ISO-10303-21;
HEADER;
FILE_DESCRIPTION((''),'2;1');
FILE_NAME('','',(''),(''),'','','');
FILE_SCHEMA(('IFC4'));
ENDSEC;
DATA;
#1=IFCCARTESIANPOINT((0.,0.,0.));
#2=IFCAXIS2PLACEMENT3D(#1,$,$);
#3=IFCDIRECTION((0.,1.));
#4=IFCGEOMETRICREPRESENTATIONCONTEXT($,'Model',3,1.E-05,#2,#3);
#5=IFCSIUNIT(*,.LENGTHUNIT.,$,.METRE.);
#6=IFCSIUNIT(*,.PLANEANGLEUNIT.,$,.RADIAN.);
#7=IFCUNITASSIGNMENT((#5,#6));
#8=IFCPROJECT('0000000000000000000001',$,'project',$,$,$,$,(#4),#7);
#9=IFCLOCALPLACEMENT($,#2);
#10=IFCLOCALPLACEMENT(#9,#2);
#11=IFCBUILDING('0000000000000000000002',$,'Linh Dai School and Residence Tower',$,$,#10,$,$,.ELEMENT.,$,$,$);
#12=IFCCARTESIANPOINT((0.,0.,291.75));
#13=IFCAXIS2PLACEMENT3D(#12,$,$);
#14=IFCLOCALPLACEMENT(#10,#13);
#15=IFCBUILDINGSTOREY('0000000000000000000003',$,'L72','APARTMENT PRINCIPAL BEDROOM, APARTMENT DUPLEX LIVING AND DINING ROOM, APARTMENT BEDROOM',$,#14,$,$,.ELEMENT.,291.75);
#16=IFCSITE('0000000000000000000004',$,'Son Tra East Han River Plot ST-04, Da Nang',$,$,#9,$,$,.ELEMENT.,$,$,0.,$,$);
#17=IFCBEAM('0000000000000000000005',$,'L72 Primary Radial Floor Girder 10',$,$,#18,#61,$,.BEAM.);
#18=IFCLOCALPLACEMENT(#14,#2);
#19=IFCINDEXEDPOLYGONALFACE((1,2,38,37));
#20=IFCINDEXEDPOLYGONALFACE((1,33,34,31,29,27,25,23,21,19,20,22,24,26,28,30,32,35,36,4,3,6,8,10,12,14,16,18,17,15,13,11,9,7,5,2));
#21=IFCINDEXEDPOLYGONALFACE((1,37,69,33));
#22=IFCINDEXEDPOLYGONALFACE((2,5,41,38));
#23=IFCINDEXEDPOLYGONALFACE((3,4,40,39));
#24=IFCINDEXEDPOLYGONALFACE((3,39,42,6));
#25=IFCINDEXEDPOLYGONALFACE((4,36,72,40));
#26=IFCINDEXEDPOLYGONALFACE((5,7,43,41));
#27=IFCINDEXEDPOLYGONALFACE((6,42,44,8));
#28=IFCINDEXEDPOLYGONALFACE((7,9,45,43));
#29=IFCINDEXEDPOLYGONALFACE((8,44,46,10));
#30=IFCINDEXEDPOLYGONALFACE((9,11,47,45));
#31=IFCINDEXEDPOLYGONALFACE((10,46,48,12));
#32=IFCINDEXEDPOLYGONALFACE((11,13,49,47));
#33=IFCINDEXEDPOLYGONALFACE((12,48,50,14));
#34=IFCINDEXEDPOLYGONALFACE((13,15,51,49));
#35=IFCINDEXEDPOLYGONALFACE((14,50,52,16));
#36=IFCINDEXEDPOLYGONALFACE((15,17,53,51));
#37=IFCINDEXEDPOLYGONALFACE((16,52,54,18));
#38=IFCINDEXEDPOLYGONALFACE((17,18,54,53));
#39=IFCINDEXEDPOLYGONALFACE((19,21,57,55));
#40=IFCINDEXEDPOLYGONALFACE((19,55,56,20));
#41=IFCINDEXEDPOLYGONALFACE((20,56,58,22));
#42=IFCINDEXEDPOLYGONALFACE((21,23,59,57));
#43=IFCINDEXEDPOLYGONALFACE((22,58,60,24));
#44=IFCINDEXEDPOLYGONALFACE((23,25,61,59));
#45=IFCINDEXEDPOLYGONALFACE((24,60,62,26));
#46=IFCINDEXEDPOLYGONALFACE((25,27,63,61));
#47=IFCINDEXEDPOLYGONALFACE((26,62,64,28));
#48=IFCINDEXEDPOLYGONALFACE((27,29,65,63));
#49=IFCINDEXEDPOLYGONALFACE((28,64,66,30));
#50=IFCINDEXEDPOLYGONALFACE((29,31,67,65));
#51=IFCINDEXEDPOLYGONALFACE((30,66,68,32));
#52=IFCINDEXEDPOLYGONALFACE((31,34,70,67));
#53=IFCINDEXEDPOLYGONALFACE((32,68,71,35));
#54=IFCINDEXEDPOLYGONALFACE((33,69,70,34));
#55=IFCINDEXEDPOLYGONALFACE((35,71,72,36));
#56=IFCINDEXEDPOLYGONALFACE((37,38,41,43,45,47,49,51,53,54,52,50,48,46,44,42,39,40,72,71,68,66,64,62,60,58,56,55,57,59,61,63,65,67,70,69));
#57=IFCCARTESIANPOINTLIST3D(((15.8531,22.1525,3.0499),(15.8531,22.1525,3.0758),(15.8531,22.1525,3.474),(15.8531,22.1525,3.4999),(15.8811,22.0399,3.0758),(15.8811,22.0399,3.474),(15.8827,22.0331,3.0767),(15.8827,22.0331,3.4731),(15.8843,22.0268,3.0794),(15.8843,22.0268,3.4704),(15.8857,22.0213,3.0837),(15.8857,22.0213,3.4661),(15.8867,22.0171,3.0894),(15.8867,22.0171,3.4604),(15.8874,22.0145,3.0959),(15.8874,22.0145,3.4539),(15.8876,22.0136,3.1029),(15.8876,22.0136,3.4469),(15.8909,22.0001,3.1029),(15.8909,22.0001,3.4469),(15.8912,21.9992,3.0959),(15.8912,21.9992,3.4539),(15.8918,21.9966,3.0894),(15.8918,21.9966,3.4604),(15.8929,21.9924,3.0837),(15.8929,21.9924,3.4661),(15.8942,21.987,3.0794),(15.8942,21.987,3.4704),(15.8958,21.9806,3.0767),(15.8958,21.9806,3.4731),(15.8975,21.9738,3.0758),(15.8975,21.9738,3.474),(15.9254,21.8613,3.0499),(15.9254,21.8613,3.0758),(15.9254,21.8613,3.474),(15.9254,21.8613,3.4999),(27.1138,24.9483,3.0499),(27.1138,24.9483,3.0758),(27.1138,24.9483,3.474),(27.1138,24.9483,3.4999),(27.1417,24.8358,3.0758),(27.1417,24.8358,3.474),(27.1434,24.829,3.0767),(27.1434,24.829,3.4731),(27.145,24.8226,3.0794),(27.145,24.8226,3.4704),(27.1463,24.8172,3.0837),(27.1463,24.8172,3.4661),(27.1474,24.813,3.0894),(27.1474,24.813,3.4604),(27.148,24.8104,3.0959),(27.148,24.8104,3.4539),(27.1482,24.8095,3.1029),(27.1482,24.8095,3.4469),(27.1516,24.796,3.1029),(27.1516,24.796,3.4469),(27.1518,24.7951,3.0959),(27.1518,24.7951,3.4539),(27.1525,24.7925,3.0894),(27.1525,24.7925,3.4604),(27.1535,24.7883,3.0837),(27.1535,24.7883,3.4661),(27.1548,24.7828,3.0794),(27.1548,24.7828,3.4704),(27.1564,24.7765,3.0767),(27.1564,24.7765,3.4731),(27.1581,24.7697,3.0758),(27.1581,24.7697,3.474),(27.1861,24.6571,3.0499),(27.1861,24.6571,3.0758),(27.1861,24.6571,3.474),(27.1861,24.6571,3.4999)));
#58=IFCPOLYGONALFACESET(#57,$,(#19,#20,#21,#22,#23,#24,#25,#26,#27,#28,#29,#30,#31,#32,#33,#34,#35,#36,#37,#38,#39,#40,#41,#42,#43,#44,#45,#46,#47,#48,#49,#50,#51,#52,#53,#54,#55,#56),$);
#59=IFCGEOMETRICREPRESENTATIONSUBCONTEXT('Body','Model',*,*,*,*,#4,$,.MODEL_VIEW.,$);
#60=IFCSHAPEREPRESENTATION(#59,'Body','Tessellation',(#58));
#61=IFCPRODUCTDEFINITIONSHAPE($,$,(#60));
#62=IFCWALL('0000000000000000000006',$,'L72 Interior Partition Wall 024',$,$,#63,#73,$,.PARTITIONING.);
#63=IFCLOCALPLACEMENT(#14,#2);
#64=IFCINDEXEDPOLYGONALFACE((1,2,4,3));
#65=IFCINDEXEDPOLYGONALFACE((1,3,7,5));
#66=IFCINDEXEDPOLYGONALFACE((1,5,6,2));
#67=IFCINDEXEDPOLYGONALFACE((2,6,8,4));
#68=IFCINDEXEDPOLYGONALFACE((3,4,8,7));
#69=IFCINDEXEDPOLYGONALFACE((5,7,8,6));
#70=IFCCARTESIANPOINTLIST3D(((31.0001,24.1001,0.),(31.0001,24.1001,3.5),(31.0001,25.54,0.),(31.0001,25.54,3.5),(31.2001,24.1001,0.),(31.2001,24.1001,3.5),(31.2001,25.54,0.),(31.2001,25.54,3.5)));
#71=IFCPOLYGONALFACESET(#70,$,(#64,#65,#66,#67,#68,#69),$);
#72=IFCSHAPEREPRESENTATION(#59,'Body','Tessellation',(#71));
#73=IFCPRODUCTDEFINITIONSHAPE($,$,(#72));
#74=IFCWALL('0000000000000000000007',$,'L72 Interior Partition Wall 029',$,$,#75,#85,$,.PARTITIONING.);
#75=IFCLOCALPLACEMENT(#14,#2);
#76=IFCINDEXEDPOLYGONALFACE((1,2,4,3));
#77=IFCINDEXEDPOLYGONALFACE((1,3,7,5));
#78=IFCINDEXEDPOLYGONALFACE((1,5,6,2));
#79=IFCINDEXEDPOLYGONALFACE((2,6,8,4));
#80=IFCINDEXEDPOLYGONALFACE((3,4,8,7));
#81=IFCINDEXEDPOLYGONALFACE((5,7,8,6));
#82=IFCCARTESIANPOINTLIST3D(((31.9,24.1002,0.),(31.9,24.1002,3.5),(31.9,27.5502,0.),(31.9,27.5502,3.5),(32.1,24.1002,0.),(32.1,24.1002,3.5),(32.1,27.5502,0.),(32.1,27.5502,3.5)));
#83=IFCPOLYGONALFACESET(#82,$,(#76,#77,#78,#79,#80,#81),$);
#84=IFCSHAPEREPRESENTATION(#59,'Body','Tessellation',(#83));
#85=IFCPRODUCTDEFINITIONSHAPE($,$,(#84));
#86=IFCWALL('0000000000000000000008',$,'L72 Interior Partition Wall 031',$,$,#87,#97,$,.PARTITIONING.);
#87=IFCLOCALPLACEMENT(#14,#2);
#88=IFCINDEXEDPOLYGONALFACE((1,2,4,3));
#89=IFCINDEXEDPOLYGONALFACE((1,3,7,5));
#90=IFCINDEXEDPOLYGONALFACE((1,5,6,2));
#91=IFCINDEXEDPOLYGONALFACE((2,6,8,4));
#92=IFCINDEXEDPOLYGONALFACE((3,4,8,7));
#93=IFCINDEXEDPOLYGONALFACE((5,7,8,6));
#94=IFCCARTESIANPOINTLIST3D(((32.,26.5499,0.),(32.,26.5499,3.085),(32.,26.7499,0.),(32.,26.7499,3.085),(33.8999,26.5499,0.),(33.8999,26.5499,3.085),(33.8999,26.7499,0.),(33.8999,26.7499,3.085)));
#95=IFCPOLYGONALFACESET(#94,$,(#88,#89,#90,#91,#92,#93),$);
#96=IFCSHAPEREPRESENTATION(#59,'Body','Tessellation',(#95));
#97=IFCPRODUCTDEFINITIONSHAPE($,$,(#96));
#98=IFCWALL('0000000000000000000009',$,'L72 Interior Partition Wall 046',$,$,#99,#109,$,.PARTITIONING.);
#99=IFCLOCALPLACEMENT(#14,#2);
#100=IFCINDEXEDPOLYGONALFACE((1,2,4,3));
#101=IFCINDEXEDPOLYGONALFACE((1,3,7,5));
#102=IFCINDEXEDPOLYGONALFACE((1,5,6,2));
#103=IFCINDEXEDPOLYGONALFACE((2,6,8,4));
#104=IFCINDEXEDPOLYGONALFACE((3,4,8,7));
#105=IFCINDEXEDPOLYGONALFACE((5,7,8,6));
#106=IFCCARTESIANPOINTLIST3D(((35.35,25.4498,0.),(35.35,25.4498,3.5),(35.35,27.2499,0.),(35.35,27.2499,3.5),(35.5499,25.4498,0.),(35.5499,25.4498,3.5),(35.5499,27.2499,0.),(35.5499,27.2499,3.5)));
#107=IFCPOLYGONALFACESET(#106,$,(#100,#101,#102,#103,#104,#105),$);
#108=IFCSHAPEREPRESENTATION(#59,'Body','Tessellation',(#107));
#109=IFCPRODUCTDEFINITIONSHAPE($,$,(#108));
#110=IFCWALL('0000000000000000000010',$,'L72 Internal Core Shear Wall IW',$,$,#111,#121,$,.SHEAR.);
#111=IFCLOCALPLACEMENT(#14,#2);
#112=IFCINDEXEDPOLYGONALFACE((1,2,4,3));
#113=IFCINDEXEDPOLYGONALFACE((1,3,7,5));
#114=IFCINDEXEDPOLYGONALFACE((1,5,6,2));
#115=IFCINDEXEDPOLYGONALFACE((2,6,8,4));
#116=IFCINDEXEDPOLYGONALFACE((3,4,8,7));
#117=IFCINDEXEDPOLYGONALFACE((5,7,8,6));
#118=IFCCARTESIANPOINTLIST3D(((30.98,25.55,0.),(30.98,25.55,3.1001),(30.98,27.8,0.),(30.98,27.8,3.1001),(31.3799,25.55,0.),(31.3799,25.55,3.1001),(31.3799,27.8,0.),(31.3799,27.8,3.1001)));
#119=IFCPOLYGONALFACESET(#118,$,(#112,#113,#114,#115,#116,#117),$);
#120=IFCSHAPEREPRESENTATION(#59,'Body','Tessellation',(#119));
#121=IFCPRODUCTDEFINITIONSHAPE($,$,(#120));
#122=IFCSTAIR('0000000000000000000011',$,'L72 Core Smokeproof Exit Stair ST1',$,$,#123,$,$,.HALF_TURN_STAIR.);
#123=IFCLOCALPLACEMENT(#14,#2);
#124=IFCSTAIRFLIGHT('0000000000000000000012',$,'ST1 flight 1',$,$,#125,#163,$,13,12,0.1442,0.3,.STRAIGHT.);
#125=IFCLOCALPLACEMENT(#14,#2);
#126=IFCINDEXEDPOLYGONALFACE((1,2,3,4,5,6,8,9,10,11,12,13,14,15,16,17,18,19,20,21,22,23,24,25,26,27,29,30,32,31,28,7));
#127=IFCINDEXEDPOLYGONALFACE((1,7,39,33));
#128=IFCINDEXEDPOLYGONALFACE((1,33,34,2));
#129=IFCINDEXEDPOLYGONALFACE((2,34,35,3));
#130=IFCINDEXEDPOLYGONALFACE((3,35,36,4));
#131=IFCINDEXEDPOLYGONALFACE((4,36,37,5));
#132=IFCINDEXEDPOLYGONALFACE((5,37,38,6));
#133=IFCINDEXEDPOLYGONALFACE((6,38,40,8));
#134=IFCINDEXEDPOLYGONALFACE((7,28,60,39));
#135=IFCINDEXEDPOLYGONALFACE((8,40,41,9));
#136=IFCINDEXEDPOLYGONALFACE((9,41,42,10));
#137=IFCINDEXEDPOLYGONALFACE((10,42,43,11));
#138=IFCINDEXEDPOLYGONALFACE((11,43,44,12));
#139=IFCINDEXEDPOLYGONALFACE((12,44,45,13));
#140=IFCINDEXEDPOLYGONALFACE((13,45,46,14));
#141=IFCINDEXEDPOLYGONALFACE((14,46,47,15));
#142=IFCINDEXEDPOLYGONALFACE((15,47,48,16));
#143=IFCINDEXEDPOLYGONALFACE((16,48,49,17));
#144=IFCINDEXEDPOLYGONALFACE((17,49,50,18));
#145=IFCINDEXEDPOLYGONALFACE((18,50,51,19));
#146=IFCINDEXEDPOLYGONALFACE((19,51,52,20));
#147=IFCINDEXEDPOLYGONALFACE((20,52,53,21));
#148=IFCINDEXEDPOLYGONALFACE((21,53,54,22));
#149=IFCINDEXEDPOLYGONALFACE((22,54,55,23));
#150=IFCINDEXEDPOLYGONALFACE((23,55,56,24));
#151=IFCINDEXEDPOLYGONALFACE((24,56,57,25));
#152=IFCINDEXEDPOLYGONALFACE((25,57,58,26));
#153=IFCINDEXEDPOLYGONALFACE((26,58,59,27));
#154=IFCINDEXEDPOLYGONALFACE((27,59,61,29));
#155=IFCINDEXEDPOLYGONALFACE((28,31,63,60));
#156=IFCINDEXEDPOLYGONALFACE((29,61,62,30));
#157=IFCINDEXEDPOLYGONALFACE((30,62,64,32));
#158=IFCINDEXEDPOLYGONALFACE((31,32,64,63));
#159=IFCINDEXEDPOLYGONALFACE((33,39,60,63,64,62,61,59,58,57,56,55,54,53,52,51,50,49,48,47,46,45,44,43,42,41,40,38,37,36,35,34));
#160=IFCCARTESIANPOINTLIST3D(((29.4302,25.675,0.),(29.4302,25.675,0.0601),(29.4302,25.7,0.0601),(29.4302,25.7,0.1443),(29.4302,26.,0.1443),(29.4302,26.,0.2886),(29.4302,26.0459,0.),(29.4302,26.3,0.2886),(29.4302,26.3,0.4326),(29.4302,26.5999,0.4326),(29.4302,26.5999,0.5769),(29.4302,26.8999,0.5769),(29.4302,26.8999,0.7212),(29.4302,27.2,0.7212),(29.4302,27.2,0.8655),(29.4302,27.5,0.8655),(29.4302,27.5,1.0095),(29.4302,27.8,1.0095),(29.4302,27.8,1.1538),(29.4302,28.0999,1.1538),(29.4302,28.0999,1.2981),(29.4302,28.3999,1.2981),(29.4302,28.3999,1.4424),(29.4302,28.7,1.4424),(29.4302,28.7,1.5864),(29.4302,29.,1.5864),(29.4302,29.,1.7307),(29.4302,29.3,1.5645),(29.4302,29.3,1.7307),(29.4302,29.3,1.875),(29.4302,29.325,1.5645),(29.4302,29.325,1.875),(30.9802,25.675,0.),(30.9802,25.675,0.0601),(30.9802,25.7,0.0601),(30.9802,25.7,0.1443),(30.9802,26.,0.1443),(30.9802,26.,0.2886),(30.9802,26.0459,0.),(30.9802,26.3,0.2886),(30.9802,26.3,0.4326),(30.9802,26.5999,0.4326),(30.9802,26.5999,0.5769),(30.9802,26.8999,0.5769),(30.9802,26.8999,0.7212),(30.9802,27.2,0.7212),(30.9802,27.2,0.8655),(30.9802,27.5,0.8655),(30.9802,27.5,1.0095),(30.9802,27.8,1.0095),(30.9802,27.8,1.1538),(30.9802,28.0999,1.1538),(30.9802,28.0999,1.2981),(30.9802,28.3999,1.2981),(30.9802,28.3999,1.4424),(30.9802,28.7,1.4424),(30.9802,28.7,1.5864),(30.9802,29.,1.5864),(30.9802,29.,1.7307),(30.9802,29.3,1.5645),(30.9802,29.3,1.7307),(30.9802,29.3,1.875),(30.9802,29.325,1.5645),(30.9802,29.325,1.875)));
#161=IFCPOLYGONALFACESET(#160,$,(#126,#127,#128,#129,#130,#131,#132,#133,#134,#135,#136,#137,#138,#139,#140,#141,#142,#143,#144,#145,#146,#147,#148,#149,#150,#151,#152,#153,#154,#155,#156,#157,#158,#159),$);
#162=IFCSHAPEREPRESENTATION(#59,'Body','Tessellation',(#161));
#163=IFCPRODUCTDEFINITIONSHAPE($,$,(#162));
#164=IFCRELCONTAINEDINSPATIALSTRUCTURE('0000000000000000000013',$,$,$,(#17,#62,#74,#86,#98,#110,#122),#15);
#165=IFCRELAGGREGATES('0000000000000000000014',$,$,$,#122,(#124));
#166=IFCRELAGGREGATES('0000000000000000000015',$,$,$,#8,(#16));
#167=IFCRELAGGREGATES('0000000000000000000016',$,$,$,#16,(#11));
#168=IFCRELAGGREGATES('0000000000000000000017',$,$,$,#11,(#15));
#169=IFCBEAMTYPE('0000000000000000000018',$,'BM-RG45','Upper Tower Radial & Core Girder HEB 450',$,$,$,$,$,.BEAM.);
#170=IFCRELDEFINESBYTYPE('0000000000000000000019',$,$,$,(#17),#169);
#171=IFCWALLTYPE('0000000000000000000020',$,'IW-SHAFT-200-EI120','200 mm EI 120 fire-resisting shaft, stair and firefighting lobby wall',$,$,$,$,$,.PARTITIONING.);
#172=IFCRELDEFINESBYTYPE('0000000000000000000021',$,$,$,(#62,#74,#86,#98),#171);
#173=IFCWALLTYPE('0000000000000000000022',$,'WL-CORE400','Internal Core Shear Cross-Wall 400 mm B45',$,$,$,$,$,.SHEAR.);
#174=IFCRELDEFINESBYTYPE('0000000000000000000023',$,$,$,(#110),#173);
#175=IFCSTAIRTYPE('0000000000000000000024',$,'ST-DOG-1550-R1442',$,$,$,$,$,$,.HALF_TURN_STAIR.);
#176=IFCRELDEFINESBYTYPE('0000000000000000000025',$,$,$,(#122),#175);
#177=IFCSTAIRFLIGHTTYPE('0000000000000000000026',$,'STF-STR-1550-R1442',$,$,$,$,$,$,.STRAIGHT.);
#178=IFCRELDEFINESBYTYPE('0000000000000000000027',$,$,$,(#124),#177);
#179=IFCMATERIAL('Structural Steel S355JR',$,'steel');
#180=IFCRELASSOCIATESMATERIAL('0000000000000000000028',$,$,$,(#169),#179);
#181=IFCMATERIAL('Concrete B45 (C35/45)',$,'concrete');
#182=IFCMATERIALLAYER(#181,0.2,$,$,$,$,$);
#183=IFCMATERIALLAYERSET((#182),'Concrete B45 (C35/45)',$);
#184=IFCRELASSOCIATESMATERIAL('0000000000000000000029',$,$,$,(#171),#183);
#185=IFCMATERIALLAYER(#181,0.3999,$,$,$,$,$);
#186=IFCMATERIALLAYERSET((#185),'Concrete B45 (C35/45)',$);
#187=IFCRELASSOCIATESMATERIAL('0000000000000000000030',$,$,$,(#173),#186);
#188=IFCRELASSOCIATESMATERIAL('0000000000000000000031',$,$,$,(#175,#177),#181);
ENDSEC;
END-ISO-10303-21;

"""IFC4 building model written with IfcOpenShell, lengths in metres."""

from ifc_helpers import new_model, si_unit, direction, frame, frame_2d, origin, origin_2d, place, context, subcontext, project, spatial, polyline, rectangle, i_section, outline, extrude, source, transform, mapped, material, layer, layer_set, material_profile, profile_set, type_object, element, aggregate, save


model = new_model("IFC4")

# Units and contexts
model_context = context("Model", 3, precision=1e-05, world=origin(), true_north=direction((0.0, 1.0)))
body_context = subcontext(model_context, "Body", "Model", "MODEL_VIEW")
ifc_project = project(units=[si_unit("LENGTHUNIT", "METRE"), si_unit("PLANEANGLEUNIT", "RADIAN")], contexts=[model_context])

# Site, building, storey
site_placement = place(None, origin())
site = spatial("IfcSite", under=ifc_project, at=site_placement, Name="Son Tra East Han River Plot ST-04, Da Nang", CompositionType="ELEMENT", RefElevation=0.0)
building_placement = place(site_placement, origin())
building = spatial("IfcBuilding", under=site, at=building_placement, Name="Linh Dai School and Residence Tower", CompositionType="ELEMENT")
storey_placement = place(building_placement, frame((0.0, 0.0, 291.75)))
storey = spatial("IfcBuildingStorey", under=building, at=storey_placement, Name="L72", Description="APARTMENT PRINCIPAL BEDROOM, APARTMENT DUPLEX LIVING AND DINING ROOM, APARTMENT BEDROOM", CompositionType="ELEMENT", Elevation=291.75)

# Shared definitions
ifc_material_1 = material(Name="Structural Steel S355JR", Category="steel")

# Beam
ifc_material_profile_1 = material_profile(ifc_material_1, i_section(OverallWidth=0.3, OverallDepth=0.45, WebThickness=0.0139, FlangeThickness=0.0259, FilletRadius=0.0271, at=origin_2d()), Name="HEB 450")
ifc_profile_set_1 = profile_set([ifc_material_profile_1], Name="Structural Steel S355JR")
beam_type = type_object("IfcBeamType", Name="BM-RG45", Description="Upper Tower Radial & Core Girder HEB 450", PredefinedType="BEAM", material=ifc_profile_set_1)
beam_placement = place(storey_placement, frame((27.1499, 24.8027, 3.2749), z_axis=(-0.970532, -0.240971, 0.0), x_axis=(0.240971, -0.970532, 0.0)))
element("IfcBeam", 1, at=beam_placement, inside=storey, type_object=beam_type, Name="L72 Primary Radial Floor Girder 10", PredefinedType="BEAM", context=body_context, shape_type="SweptSolid", body=[
    extrude(i_section(OverallWidth=0.3, OverallDepth=0.45, WebThickness=0.0139, FlangeThickness=0.0259, FilletRadius=0.0271, at=origin_2d()), origin(), (0.0, 0.0, 1.0), 11.6025),
])

# Shared definitions
ifc_material_2 = material(Name="Concrete B45 (C35/45)", Category="concrete")
ifc_layer_1 = layer(ifc_material_2, 0.2)
ifc_layer_set_1 = layer_set([ifc_layer_1], Name="Concrete B45 (C35/45)")
wall_type_1 = type_object("IfcWallType", Name="IW-SHAFT-200-EI120", Description="200 mm EI 120 fire-resisting shaft, stair and firefighting lobby wall", PredefinedType="PARTITIONING", material=ifc_layer_set_1)

# Walls
wall_1_placement = place(storey_placement, frame((31.1001, 24.1001, 0.0), z_axis=(0.0, 0.0, 1.0), x_axis=(0.0, 1.0, 0.0)))
element("IfcWall", 2, at=wall_1_placement, inside=storey, type_object=wall_type_1, Name="L72 Interior Partition Wall 024", PredefinedType="PARTITIONING", context=body_context, shape_type="SweptSolid", body=[
    extrude(rectangle(XDim=1.4399, YDim=0.2, at=frame_2d((0.72, 0.0))), origin(), (0.0, 0.0, 1.0), 3.5),
])
wall_2_placement = place(storey_placement, frame((32.0, 24.1001, 0.0), z_axis=(0.0, 0.0, 1.0), x_axis=(0.0, 1.0, 0.0)))
element("IfcWall", 3, at=wall_2_placement, inside=storey, type_object=wall_type_1, Name="L72 Interior Partition Wall 029", PredefinedType="PARTITIONING", context=body_context, shape_type="SweptSolid", body=[
    extrude(rectangle(XDim=3.45, YDim=0.2, at=frame_2d((1.7251, 0.0))), origin(), (0.0, 0.0, 1.0), 3.5),
])

# Walls
wall_3_placement = place(storey_placement, frame((32.0, 26.6499, 0.0), z_axis=(0.0, 0.0, 1.0), x_axis=(1.0, 0.0, 0.0)))
element("IfcWall", 4, at=wall_3_placement, inside=storey, type_object=wall_type_1, Name="L72 Interior Partition Wall 031", PredefinedType="PARTITIONING", context=body_context, shape_type="SweptSolid", body=[
    extrude(rectangle(XDim=1.8999, YDim=0.2, at=frame_2d((0.95, 0.0))), origin(), (0.0, 0.0, 1.0), 3.085),
])
wall_4_placement = place(storey_placement, frame((35.45, 25.45, 0.0), z_axis=(0.0, 0.0, 1.0), x_axis=(0.0, 1.0, 0.0)))
element("IfcWall", 5, at=wall_4_placement, inside=storey, type_object=wall_type_1, Name="L72 Interior Partition Wall 046", PredefinedType="PARTITIONING", context=body_context, shape_type="SweptSolid", body=[
    extrude(rectangle(XDim=1.8, YDim=0.2, at=frame_2d((0.8999, 0.0))), origin(), (0.0, 0.0, 1.0), 3.5),
])

# Wall
ifc_layer_2 = layer(ifc_material_2, 0.3999)
ifc_layer_set_2 = layer_set([ifc_layer_2], Name="Concrete B45 (C35/45)")
wall_type_2 = type_object("IfcWallType", Name="WL-CORE400", Description="Internal Core Shear Cross-Wall 400 mm B45", PredefinedType="SHEAR", material=ifc_layer_set_2)
wall_5_placement = place(storey_placement, frame((31.1799, 25.55, 0.0), z_axis=(0.0, 0.0, 1.0), x_axis=(0.0, 1.0, 0.0)))
element("IfcWall", 6, at=wall_5_placement, inside=storey, type_object=wall_type_2, Name="L72 Internal Core Shear Wall IW", PredefinedType="SHEAR", context=body_context, shape_type="SweptSolid", body=[
    extrude(rectangle(XDim=2.25, YDim=0.3999, at=frame_2d((1.125, 0.0))), origin(), (0.0, 0.0, 1.0), 3.1001),
])

# Stair, stair flight
stair_type = type_object("IfcStairType", Name="ST-DOG-1550-R1442", PredefinedType="HALF_TURN_STAIR", material=ifc_material_2)
stair_placement = place(storey_placement, origin())
stair = element("IfcStair", 7, at=stair_placement, inside=storey, type_object=stair_type, Name="L72 Core Smokeproof Exit Stair ST1", PredefinedType="HALF_TURN_STAIR")
stair_flight_type = type_object("IfcStairFlightType", Name="STF-STR-1550-R1442", PredefinedType="STRAIGHT", material=ifc_material_2)
shared_shape_1 = source(origin(), body_context, "Body", "SweptSolid", [
    extrude(outline(polyline([(-0.0249, 0.0), (-0.0249, 0.0601), (0.0, 0.0601), (0.0, 0.1443), (0.3, 0.1443), (0.3, 0.2886), (0.6001, 0.2886), (0.6001, 0.4326), (0.8999, 0.4326), (0.8999, 0.5769), (1.2, 0.5769), (1.2, 0.7212), (1.5, 0.7212), (1.5, 0.8655), (1.8, 0.8655), (1.8, 1.0095), (2.1001, 1.0095), (2.1001, 1.1538), (2.3999, 1.1538), (2.3999, 1.2981), (2.7, 1.2981), (2.7, 1.4424), (3.0, 1.4424), (3.0, 1.5864), (3.3, 1.5864), (3.3, 1.7307), (3.6001, 1.7307), (3.6001, 1.875), (3.625, 1.875), (3.625, 1.5645), (3.6001, 1.5645), (0.3459, 0.0), (-0.0249, 0.0)])), frame((0.0, 0.7749, 0.0), z_axis=(0.0, -1.0, 0.0), x_axis=(1.0, 0.0, 0.0)), (0.0, 0.0, 1.0), 1.55),
])
stair_flight_placement = place(storey_placement, frame((30.2051, 25.7, 0.0), z_axis=(0.0, 0.0, 1.0), x_axis=(0.0, 1.0, 0.0)))
stair_flight = element("IfcStairFlight", 8, at=stair_flight_placement, type_object=stair_flight_type, Name="ST1 flight 1", NumberOfRisers=13, NumberOfTreads=12, PredefinedType="STRAIGHT", RiserHeight=0.1442, TreadLength=0.3, context=body_context, shape_type="MappedRepresentation", body=[
    mapped(shared_shape_1, transform((0.0, 0.0, 0.0), x_axis=(1.0, 0.0, 0.0), y_axis=(0.0, 1.0, 0.0), z_axis=(0.0, 0.0, 1.0), scale=1.0)),
])
aggregate(stair, [stair_flight])

save(model, "model.ifc")
